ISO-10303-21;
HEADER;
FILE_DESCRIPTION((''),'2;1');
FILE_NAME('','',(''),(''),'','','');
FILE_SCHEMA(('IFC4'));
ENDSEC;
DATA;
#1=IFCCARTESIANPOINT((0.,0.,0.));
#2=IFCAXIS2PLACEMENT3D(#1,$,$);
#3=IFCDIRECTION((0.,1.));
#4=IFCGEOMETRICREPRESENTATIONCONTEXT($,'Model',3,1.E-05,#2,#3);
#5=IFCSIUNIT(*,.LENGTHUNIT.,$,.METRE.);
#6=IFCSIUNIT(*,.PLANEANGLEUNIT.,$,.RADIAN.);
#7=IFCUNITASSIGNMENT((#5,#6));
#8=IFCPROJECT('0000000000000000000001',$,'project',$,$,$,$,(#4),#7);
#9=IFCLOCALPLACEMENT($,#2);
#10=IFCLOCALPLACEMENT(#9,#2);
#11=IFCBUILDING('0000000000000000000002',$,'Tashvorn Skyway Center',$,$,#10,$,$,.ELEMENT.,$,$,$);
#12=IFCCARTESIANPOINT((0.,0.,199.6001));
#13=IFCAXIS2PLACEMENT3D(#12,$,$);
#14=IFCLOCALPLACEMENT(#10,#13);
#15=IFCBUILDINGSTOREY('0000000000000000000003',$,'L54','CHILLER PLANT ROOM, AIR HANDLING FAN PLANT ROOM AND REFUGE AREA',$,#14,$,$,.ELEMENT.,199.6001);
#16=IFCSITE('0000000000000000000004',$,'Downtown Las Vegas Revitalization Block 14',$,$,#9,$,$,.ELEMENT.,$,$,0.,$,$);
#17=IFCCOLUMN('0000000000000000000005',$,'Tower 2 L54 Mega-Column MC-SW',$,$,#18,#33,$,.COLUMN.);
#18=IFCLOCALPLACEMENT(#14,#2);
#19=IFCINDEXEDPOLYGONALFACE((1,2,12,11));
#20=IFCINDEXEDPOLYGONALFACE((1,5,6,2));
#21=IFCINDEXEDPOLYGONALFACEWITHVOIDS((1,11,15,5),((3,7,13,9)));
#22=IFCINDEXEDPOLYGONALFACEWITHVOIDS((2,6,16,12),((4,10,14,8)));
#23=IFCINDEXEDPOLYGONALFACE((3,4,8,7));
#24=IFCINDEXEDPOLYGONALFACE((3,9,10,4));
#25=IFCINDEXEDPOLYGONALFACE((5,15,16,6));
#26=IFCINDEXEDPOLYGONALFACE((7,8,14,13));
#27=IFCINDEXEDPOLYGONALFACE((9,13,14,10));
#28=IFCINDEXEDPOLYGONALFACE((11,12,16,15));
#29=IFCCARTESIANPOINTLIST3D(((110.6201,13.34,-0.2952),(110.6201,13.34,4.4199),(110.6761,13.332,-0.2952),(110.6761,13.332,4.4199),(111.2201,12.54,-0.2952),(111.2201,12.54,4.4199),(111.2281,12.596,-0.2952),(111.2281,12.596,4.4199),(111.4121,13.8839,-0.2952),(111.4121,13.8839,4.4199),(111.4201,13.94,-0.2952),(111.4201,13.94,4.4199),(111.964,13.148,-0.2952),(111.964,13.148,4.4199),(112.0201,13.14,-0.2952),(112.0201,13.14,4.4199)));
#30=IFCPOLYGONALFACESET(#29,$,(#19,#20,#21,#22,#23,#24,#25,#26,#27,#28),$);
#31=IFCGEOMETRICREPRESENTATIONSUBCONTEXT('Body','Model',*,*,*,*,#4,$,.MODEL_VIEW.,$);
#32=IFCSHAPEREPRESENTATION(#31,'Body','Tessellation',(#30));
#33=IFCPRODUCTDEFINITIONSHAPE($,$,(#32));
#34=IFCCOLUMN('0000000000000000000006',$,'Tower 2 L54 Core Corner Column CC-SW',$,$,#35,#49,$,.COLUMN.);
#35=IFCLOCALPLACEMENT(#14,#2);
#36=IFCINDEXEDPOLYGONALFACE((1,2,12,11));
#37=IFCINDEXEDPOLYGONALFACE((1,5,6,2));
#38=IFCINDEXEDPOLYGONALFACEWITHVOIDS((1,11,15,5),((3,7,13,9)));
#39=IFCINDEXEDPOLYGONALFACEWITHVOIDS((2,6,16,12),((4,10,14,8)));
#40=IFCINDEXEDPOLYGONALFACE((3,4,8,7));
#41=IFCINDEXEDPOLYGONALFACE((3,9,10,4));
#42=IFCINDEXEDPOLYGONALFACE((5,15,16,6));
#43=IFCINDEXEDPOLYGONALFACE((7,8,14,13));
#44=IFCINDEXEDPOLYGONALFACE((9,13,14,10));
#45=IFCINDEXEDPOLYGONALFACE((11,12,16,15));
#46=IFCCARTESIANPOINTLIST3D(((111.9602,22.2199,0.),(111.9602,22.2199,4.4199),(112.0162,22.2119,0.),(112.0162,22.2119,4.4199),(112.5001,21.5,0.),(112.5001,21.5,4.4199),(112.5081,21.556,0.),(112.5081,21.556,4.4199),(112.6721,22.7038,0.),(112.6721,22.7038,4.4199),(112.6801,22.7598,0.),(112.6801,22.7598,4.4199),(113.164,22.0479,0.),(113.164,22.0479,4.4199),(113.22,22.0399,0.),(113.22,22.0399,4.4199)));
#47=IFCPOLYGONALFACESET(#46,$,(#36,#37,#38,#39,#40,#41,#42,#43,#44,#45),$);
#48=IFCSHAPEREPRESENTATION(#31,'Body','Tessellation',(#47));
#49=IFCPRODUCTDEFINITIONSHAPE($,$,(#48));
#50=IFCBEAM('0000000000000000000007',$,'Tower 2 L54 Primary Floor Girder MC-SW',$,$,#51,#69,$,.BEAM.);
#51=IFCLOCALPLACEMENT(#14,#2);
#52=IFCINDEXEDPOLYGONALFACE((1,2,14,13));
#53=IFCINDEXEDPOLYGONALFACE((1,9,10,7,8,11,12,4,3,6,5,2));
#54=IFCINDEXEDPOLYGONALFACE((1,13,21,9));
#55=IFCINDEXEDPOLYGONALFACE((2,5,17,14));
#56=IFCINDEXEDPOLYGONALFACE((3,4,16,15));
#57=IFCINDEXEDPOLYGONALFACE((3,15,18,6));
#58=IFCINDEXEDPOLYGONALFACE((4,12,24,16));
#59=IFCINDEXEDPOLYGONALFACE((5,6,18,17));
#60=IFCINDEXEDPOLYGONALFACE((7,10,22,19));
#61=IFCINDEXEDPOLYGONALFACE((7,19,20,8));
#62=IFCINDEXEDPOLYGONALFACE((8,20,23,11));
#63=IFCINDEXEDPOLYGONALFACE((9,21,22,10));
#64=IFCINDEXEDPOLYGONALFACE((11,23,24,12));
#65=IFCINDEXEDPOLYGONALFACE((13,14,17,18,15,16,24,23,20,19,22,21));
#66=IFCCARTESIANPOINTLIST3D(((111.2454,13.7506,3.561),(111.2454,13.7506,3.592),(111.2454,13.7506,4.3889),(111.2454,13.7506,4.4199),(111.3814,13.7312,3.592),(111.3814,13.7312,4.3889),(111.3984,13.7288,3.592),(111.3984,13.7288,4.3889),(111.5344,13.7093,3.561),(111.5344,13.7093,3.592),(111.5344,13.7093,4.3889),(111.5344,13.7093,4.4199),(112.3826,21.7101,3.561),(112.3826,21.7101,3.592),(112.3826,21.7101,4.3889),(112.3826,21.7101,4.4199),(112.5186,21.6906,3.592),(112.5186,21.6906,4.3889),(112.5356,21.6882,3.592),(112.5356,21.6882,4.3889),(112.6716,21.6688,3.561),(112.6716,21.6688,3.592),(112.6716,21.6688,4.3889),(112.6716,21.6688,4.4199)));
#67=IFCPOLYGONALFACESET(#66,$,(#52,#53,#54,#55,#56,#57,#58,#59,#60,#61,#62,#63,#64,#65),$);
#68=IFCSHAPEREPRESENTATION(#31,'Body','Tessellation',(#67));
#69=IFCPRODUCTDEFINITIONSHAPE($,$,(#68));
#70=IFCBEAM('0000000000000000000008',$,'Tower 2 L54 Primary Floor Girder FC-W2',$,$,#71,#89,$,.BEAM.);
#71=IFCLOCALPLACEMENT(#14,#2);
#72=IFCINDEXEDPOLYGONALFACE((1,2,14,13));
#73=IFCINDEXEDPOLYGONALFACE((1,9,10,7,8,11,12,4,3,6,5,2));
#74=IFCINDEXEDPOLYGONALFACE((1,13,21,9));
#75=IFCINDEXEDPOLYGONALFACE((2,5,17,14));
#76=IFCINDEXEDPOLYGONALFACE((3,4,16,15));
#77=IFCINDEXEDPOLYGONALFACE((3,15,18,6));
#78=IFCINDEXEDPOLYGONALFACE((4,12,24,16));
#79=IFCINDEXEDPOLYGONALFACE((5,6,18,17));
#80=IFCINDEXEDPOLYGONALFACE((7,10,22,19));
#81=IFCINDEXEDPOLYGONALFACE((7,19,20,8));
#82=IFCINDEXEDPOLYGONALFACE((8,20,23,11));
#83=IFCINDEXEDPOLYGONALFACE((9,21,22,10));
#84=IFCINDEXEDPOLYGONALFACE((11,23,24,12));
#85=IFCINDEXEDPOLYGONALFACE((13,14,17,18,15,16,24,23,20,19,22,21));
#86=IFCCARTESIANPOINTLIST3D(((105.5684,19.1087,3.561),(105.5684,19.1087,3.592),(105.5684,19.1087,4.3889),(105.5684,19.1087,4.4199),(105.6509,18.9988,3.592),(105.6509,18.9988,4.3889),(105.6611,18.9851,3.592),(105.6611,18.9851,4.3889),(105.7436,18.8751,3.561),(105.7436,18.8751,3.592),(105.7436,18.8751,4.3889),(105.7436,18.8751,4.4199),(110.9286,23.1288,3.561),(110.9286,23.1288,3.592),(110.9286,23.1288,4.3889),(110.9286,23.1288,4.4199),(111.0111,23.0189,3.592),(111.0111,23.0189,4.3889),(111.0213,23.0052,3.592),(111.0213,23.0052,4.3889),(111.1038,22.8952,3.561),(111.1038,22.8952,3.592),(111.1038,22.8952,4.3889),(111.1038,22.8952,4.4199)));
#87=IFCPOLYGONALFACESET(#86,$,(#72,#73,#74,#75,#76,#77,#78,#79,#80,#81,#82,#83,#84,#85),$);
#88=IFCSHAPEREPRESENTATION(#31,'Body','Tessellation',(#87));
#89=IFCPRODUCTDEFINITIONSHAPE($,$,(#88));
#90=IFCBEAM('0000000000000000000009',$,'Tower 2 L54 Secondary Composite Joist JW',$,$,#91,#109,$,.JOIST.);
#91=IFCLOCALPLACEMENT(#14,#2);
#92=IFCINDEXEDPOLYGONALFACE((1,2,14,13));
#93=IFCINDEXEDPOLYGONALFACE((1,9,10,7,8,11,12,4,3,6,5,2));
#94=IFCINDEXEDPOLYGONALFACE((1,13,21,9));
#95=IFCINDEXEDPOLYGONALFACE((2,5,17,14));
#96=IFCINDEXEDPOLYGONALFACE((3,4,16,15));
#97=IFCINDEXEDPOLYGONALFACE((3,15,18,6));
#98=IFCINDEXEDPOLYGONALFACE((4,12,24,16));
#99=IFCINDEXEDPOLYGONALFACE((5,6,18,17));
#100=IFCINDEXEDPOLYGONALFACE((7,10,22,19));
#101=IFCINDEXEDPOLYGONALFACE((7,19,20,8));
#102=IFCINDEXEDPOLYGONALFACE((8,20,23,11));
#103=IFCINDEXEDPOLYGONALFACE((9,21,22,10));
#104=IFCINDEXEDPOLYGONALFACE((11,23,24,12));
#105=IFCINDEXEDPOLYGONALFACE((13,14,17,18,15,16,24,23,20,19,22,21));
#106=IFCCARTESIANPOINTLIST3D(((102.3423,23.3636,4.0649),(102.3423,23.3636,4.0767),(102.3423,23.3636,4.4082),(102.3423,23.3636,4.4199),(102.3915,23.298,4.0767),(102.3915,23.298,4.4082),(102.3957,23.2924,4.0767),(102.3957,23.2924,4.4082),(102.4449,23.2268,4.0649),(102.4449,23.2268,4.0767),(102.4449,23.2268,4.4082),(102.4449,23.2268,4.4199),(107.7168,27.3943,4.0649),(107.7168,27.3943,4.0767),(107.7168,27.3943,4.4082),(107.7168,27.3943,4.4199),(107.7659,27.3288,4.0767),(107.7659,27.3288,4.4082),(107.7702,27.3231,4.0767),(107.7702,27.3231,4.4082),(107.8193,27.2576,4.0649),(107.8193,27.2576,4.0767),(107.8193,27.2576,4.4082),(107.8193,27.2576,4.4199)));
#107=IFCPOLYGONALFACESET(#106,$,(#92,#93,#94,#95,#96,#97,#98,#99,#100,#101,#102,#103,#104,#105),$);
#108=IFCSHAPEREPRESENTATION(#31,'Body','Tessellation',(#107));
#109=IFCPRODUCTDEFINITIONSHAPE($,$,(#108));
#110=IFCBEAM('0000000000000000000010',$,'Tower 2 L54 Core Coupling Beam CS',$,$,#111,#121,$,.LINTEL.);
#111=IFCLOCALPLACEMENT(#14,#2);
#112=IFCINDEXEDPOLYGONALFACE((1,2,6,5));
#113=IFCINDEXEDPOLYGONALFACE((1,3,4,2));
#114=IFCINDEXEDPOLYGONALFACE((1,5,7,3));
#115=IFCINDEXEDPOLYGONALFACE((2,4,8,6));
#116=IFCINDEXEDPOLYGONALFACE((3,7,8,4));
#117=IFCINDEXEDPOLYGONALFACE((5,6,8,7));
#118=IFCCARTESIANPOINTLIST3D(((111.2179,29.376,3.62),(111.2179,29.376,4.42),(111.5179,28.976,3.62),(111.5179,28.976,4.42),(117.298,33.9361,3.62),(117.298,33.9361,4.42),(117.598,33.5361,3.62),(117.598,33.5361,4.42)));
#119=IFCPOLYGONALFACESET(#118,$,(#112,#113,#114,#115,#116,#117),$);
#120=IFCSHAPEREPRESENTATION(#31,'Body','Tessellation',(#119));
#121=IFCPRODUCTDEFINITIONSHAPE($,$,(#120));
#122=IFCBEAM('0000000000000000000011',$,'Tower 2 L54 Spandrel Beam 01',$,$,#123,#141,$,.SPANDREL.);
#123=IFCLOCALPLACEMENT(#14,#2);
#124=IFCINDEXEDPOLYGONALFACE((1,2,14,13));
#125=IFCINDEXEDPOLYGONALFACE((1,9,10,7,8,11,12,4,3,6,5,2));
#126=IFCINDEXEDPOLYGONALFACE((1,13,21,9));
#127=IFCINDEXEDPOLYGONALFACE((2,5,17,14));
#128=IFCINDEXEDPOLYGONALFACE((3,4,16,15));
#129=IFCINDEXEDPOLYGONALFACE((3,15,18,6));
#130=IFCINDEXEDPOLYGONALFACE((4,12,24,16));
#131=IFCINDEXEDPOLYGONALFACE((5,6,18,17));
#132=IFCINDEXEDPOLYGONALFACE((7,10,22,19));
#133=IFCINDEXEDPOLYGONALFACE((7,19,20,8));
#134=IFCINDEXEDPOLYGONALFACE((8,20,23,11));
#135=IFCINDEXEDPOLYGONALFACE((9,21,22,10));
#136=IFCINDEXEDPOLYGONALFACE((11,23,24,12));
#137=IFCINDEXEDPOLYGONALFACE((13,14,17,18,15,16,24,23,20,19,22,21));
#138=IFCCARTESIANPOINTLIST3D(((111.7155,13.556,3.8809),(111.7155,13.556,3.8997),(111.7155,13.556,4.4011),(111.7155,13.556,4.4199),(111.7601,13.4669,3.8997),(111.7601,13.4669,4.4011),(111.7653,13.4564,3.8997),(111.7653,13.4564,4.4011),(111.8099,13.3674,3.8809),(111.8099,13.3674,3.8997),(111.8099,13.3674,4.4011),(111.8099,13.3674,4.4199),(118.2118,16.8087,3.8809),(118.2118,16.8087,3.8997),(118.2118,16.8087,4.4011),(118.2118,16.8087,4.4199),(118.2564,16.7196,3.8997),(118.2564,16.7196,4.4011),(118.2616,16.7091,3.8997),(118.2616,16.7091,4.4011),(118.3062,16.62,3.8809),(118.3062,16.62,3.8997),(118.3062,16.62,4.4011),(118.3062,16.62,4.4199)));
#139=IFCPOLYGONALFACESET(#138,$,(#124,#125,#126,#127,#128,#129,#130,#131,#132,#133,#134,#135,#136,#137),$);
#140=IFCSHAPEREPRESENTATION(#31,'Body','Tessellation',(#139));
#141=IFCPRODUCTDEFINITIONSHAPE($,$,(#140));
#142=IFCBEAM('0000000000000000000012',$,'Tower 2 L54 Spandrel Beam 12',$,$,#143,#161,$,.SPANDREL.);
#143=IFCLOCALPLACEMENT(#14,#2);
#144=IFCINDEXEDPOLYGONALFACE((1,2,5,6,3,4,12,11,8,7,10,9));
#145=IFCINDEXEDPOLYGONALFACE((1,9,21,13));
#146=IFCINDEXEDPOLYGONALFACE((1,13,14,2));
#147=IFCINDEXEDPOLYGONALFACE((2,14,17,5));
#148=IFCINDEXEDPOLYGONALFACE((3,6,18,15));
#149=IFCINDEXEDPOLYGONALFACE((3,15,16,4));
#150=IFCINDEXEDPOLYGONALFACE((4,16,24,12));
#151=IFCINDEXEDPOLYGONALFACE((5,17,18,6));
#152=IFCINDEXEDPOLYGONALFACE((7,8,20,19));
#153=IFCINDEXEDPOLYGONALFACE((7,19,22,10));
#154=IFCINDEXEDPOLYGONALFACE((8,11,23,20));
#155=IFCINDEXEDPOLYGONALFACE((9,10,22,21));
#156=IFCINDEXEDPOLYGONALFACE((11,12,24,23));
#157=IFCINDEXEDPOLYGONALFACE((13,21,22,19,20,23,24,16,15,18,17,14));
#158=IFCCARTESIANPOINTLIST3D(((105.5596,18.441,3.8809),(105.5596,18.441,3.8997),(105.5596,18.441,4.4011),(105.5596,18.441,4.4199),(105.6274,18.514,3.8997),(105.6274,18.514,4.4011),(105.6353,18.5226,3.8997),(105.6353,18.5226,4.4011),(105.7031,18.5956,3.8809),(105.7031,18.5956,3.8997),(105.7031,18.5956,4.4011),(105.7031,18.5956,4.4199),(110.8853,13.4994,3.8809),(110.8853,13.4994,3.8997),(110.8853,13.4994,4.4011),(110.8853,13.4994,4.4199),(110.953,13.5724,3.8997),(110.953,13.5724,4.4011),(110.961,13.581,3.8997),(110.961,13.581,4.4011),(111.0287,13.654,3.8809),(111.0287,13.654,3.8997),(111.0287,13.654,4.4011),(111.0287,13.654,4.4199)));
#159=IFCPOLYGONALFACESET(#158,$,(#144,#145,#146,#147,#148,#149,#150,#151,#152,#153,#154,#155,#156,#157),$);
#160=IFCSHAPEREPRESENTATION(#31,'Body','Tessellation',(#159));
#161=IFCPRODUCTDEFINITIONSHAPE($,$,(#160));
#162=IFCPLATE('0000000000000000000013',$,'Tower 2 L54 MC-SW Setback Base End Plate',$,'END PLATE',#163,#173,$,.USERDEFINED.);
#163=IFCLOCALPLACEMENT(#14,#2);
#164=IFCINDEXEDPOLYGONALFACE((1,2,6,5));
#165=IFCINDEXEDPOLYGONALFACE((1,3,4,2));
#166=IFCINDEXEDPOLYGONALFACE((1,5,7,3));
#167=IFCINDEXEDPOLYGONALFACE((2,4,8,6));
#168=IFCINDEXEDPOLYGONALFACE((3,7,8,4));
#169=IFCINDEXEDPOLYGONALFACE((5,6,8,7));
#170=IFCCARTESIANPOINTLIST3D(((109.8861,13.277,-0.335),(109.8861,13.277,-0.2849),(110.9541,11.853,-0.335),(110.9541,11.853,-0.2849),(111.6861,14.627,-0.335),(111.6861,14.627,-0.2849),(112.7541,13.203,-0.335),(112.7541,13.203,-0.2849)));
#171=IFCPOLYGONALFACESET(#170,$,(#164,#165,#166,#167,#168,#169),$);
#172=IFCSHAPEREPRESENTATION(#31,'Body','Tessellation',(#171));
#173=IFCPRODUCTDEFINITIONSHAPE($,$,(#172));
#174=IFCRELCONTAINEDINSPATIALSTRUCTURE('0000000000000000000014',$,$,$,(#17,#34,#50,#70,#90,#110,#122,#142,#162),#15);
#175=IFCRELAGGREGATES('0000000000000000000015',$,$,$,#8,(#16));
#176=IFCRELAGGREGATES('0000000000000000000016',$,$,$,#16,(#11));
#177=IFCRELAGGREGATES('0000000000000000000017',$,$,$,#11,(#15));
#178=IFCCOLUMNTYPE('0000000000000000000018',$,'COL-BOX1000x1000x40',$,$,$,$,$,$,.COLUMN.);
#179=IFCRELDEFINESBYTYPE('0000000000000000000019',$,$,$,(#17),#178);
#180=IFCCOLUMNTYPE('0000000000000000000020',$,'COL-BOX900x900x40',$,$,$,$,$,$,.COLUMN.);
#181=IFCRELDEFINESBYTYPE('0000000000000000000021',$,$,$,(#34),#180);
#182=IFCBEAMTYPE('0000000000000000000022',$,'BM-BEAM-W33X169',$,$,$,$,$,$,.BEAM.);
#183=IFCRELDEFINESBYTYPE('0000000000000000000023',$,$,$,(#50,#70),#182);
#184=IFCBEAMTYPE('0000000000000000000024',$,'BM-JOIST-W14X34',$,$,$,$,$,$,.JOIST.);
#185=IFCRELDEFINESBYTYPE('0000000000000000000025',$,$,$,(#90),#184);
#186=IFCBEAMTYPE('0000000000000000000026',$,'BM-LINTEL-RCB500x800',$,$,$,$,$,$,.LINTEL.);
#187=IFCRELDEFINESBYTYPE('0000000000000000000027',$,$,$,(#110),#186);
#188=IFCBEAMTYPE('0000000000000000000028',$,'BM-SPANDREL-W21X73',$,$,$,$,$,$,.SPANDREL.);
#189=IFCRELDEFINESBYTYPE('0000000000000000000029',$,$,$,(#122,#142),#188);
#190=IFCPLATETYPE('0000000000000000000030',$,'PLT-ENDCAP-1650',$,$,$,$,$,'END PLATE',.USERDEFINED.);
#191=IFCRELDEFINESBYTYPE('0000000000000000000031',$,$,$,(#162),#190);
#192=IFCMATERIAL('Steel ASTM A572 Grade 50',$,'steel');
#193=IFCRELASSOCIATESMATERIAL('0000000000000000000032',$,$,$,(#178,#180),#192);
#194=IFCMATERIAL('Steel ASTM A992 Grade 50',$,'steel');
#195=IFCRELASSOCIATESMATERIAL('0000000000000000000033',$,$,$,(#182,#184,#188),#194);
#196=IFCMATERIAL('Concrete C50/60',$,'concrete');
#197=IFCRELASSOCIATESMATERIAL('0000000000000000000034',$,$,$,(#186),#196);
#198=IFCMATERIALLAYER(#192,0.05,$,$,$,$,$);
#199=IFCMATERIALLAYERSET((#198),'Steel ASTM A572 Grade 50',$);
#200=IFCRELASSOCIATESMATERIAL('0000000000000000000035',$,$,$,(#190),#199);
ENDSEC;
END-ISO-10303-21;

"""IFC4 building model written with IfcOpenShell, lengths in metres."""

from ifc_helpers import new_model, si_unit, direction, frame, origin, origin_2d, place, context, subcontext, project, spatial, rectangle, hollow_rectangle, i_section, extrude, material, layer, layer_set, material_profile, profile_set, type_object, element, save


model = new_model("IFC4")

# Units and contexts
model_context = context("Model", 3, precision=1e-05, world=origin(), true_north=direction((0.0, 1.0)))
body_context = subcontext(model_context, "Body", "Model", "MODEL_VIEW")
ifc_project = project(units=[si_unit("LENGTHUNIT", "METRE"), si_unit("PLANEANGLEUNIT", "RADIAN")], contexts=[model_context])

# Site, building, storey
site_placement = place(None, origin())
site = spatial("IfcSite", under=ifc_project, at=site_placement, Name="Downtown Las Vegas Revitalization Block 14", CompositionType="ELEMENT", RefElevation=0.0)
building_placement = place(site_placement, origin())
building = spatial("IfcBuilding", under=site, at=building_placement, Name="Tashvorn Skyway Center", CompositionType="ELEMENT")
storey_placement = place(building_placement, frame((0.0, 0.0, 199.6001)))
storey = spatial("IfcBuildingStorey", under=building, at=storey_placement, Name="L54", Description="CHILLER PLANT ROOM, AIR HANDLING FAN PLANT ROOM AND REFUGE AREA", CompositionType="ELEMENT", Elevation=199.6001)

# Columns
ifc_material_1 = material(Name="Steel ASTM A572 Grade 50", Category="steel")
ifc_material_profile_1 = material_profile(ifc_material_1, hollow_rectangle(XDim=1.0, YDim=1.0, WallThickness=0.04, at=origin_2d()), Name="BOX1000x1000x40")
ifc_profile_set_1 = profile_set([ifc_material_profile_1], Name="Steel ASTM A572 Grade 50")
column_type_1 = type_object("IfcColumnType", Name="COL-BOX1000x1000x40", PredefinedType="COLUMN", material=ifc_profile_set_1)
column_1_placement = place(storey_placement, frame((111.3201, 13.24, -0.2952), z_axis=(0.0, 0.0, 1.0), x_axis=(0.8, 0.6, 0.0)))
element("IfcColumn", 1, at=column_1_placement, inside=storey, type_object=column_type_1, Name="Tower 2 L54 Mega-Column MC-SW", PredefinedType="COLUMN", context=body_context, shape_type="SweptSolid", body=[
    extrude(hollow_rectangle(XDim=1.0, YDim=1.0, WallThickness=0.04, at=origin_2d()), origin(), (0.0, 0.0, 1.0), 4.7151),
])
ifc_material_profile_2 = material_profile(ifc_material_1, hollow_rectangle(XDim=0.8999, YDim=0.8999, WallThickness=0.04, at=origin_2d()), Name="BOX900x900x40")
ifc_profile_set_2 = profile_set([ifc_material_profile_2], Name="Steel ASTM A572 Grade 50")
column_type_2 = type_object("IfcColumnType", Name="COL-BOX900x900x40", PredefinedType="COLUMN", material=ifc_profile_set_2)
column_2_placement = place(storey_placement, frame((112.5901, 22.1299, 0.0), z_axis=(0.0, 0.0, 1.0), x_axis=(0.8, 0.6, 0.0)))
element("IfcColumn", 2, at=column_2_placement, inside=storey, type_object=column_type_2, Name="Tower 2 L54 Core Corner Column CC-SW", PredefinedType="COLUMN", context=body_context, shape_type="SweptSolid", body=[
    extrude(hollow_rectangle(XDim=0.8999, YDim=0.8999, WallThickness=0.04, at=origin_2d()), origin(), (0.0, 0.0, 1.0), 4.4199),
])

# Beams
ifc_material_2 = material(Name="Steel ASTM A992 Grade 50", Category="steel")
ifc_material_profile_3 = material_profile(ifc_material_2, i_section(OverallWidth=0.292, OverallDepth=0.8589, WebThickness=0.0171, FlangeThickness=0.031, at=origin_2d()), Name="W33X169")
ifc_profile_set_3 = profile_set([ifc_material_profile_3], Name="Steel ASTM A992 Grade 50")
beam_type_1 = type_object("IfcBeamType", Name="BM-BEAM-W33X169", PredefinedType="BEAM", material=ifc_profile_set_3)
beam_1_placement = place(storey_placement, frame((111.3899, 13.73, 3.9905), z_axis=(0.141438, 0.989947, 0.0), x_axis=(-0.989947, 0.141438, 0.0)))
element("IfcBeam", 3, at=beam_1_placement, inside=storey, type_object=beam_type_1, Name="Tower 2 L54 Primary Floor Girder MC-SW", PredefinedType="BEAM", context=body_context, shape_type="SweptSolid", body=[
    extrude(i_section(OverallWidth=0.292, OverallDepth=0.8589, WebThickness=0.0171, FlangeThickness=0.031, at=origin_2d()), origin(), (0.0, 0.0, 1.0), 8.0403),
])
beam_2_placement = place(storey_placement, frame((105.656, 18.9919, 3.9905), z_axis=(0.800004, 0.599994, 0.0), x_axis=(-0.599994, 0.800004, 0.0)))
element("IfcBeam", 4, at=beam_2_placement, inside=storey, type_object=beam_type_1, Name="Tower 2 L54 Primary Floor Girder FC-W2", PredefinedType="BEAM", context=body_context, shape_type="SweptSolid", body=[
    extrude(i_section(OverallWidth=0.292, OverallDepth=0.8589, WebThickness=0.0171, FlangeThickness=0.031, at=origin_2d()), origin(), (0.0, 0.0, 1.0), 6.7002),
])
ifc_material_profile_4 = material_profile(ifc_material_2, i_section(OverallWidth=0.1709, OverallDepth=0.355, WebThickness=0.0071, FlangeThickness=0.0117, at=origin_2d()), Name="W14X34")
ifc_profile_set_4 = profile_set([ifc_material_profile_4], Name="Steel ASTM A992 Grade 50")
beam_type_2 = type_object("IfcBeamType", Name="BM-JOIST-W14X34", PredefinedType="JOIST", material=ifc_profile_set_4)
beam_3_placement = place(storey_placement, frame((107.7681, 27.3259, 4.2424), z_axis=(-0.800009, -0.599988, 0.0), x_axis=(0.599988, -0.800009, 0.0)))
element("IfcBeam", 5, at=beam_3_placement, inside=storey, type_object=beam_type_2, Name="Tower 2 L54 Secondary Composite Joist JW", PredefinedType="JOIST", context=body_context, shape_type="SweptSolid", body=[
    extrude(i_section(OverallWidth=0.1709, OverallDepth=0.355, WebThickness=0.0071, FlangeThickness=0.0117, at=origin_2d()), origin(), (0.0, 0.0, 1.0), 6.718),
])
ifc_material_3 = material(Name="Concrete C50/60", Category="concrete")
ifc_material_profile_5 = material_profile(ifc_material_3, rectangle(XDim=0.5, YDim=0.8, at=origin_2d()), Name="RCB500x800")
ifc_profile_set_5 = profile_set([ifc_material_profile_5], Name="Concrete C50/60")
beam_type_3 = type_object("IfcBeamType", Name="BM-LINTEL-RCB500x800", PredefinedType="LINTEL", material=ifc_profile_set_5)
beam_4_placement = place(storey_placement, frame((111.3679, 29.176, 4.02), z_axis=(0.8, 0.6, 0.0), x_axis=(-0.6, 0.8, 0.0)))
element("IfcBeam", 6, at=beam_4_placement, inside=storey, type_object=beam_type_3, Name="Tower 2 L54 Core Coupling Beam CS", PredefinedType="LINTEL", context=body_context, shape_type="SweptSolid", body=[
    extrude(rectangle(XDim=0.5, YDim=0.8, at=origin_2d()), origin(), (0.0, 0.0, 1.0), 7.6001),
])
ifc_material_profile_6 = material_profile(ifc_material_2, i_section(OverallWidth=0.2109, OverallDepth=0.5391, WebThickness=0.0117, FlangeThickness=0.0188, at=origin_2d()), Name="W21X73")
ifc_profile_set_6 = profile_set([ifc_material_profile_6], Name="Steel ASTM A992 Grade 50")
beam_type_4 = type_object("IfcBeamType", Name="BM-SPANDREL-W21X73", PredefinedType="SPANDREL", material=ifc_profile_set_6)
for number, where, z_axis, x_axis, name in (
    (7, (111.7627, 13.4617, 4.1504), (0.894178, 0.447711, 0.0), (-0.447711, 0.894178, 0.0), "Tower 2 L54 Spandrel Beam 01"),
    (8, (105.6313, 18.5183, 4.1504), (0.733042, -0.680183, 0.0), (0.680183, 0.733042, 0.0), "Tower 2 L54 Spandrel Beam 12"),
):
    element("IfcBeam", number, at=place(storey_placement, frame(where, z_axis=z_axis, x_axis=x_axis)), inside=storey, type_object=beam_type_4, Name=name, PredefinedType="SPANDREL", context=body_context, shape_type="SweptSolid", body=[
        extrude(i_section(OverallWidth=0.2109, OverallDepth=0.5391, WebThickness=0.0117, FlangeThickness=0.0188, at=origin_2d()), origin(), (0.0, 0.0, 1.0), 7.2651),
    ])

# Plate
ifc_layer_1 = layer(ifc_material_1, 0.05)
ifc_layer_set_1 = layer_set([ifc_layer_1], Name="Steel ASTM A572 Grade 50")
plate_type = type_object("IfcPlateType", Name="PLT-ENDCAP-1650", ElementType="END PLATE", PredefinedType="USERDEFINED", material=ifc_layer_set_1)
plate_placement = place(storey_placement, frame((111.3201, 13.24, -0.335), z_axis=(0.0, 0.0, 1.0), x_axis=(0.8, 0.6, 0.0)))
element("IfcPlate", 9, at=plate_placement, inside=storey, type_object=plate_type, Name="Tower 2 L54 MC-SW Setback Base End Plate", ObjectType="END PLATE", PredefinedType="USERDEFINED", context=body_context, shape_type="SweptSolid", body=[
    extrude(rectangle(XDim=2.25, YDim=1.78, at=origin_2d()), origin(), (0.0, 0.0, 1.0), 0.05),
])

save(model, "model.ifc")
